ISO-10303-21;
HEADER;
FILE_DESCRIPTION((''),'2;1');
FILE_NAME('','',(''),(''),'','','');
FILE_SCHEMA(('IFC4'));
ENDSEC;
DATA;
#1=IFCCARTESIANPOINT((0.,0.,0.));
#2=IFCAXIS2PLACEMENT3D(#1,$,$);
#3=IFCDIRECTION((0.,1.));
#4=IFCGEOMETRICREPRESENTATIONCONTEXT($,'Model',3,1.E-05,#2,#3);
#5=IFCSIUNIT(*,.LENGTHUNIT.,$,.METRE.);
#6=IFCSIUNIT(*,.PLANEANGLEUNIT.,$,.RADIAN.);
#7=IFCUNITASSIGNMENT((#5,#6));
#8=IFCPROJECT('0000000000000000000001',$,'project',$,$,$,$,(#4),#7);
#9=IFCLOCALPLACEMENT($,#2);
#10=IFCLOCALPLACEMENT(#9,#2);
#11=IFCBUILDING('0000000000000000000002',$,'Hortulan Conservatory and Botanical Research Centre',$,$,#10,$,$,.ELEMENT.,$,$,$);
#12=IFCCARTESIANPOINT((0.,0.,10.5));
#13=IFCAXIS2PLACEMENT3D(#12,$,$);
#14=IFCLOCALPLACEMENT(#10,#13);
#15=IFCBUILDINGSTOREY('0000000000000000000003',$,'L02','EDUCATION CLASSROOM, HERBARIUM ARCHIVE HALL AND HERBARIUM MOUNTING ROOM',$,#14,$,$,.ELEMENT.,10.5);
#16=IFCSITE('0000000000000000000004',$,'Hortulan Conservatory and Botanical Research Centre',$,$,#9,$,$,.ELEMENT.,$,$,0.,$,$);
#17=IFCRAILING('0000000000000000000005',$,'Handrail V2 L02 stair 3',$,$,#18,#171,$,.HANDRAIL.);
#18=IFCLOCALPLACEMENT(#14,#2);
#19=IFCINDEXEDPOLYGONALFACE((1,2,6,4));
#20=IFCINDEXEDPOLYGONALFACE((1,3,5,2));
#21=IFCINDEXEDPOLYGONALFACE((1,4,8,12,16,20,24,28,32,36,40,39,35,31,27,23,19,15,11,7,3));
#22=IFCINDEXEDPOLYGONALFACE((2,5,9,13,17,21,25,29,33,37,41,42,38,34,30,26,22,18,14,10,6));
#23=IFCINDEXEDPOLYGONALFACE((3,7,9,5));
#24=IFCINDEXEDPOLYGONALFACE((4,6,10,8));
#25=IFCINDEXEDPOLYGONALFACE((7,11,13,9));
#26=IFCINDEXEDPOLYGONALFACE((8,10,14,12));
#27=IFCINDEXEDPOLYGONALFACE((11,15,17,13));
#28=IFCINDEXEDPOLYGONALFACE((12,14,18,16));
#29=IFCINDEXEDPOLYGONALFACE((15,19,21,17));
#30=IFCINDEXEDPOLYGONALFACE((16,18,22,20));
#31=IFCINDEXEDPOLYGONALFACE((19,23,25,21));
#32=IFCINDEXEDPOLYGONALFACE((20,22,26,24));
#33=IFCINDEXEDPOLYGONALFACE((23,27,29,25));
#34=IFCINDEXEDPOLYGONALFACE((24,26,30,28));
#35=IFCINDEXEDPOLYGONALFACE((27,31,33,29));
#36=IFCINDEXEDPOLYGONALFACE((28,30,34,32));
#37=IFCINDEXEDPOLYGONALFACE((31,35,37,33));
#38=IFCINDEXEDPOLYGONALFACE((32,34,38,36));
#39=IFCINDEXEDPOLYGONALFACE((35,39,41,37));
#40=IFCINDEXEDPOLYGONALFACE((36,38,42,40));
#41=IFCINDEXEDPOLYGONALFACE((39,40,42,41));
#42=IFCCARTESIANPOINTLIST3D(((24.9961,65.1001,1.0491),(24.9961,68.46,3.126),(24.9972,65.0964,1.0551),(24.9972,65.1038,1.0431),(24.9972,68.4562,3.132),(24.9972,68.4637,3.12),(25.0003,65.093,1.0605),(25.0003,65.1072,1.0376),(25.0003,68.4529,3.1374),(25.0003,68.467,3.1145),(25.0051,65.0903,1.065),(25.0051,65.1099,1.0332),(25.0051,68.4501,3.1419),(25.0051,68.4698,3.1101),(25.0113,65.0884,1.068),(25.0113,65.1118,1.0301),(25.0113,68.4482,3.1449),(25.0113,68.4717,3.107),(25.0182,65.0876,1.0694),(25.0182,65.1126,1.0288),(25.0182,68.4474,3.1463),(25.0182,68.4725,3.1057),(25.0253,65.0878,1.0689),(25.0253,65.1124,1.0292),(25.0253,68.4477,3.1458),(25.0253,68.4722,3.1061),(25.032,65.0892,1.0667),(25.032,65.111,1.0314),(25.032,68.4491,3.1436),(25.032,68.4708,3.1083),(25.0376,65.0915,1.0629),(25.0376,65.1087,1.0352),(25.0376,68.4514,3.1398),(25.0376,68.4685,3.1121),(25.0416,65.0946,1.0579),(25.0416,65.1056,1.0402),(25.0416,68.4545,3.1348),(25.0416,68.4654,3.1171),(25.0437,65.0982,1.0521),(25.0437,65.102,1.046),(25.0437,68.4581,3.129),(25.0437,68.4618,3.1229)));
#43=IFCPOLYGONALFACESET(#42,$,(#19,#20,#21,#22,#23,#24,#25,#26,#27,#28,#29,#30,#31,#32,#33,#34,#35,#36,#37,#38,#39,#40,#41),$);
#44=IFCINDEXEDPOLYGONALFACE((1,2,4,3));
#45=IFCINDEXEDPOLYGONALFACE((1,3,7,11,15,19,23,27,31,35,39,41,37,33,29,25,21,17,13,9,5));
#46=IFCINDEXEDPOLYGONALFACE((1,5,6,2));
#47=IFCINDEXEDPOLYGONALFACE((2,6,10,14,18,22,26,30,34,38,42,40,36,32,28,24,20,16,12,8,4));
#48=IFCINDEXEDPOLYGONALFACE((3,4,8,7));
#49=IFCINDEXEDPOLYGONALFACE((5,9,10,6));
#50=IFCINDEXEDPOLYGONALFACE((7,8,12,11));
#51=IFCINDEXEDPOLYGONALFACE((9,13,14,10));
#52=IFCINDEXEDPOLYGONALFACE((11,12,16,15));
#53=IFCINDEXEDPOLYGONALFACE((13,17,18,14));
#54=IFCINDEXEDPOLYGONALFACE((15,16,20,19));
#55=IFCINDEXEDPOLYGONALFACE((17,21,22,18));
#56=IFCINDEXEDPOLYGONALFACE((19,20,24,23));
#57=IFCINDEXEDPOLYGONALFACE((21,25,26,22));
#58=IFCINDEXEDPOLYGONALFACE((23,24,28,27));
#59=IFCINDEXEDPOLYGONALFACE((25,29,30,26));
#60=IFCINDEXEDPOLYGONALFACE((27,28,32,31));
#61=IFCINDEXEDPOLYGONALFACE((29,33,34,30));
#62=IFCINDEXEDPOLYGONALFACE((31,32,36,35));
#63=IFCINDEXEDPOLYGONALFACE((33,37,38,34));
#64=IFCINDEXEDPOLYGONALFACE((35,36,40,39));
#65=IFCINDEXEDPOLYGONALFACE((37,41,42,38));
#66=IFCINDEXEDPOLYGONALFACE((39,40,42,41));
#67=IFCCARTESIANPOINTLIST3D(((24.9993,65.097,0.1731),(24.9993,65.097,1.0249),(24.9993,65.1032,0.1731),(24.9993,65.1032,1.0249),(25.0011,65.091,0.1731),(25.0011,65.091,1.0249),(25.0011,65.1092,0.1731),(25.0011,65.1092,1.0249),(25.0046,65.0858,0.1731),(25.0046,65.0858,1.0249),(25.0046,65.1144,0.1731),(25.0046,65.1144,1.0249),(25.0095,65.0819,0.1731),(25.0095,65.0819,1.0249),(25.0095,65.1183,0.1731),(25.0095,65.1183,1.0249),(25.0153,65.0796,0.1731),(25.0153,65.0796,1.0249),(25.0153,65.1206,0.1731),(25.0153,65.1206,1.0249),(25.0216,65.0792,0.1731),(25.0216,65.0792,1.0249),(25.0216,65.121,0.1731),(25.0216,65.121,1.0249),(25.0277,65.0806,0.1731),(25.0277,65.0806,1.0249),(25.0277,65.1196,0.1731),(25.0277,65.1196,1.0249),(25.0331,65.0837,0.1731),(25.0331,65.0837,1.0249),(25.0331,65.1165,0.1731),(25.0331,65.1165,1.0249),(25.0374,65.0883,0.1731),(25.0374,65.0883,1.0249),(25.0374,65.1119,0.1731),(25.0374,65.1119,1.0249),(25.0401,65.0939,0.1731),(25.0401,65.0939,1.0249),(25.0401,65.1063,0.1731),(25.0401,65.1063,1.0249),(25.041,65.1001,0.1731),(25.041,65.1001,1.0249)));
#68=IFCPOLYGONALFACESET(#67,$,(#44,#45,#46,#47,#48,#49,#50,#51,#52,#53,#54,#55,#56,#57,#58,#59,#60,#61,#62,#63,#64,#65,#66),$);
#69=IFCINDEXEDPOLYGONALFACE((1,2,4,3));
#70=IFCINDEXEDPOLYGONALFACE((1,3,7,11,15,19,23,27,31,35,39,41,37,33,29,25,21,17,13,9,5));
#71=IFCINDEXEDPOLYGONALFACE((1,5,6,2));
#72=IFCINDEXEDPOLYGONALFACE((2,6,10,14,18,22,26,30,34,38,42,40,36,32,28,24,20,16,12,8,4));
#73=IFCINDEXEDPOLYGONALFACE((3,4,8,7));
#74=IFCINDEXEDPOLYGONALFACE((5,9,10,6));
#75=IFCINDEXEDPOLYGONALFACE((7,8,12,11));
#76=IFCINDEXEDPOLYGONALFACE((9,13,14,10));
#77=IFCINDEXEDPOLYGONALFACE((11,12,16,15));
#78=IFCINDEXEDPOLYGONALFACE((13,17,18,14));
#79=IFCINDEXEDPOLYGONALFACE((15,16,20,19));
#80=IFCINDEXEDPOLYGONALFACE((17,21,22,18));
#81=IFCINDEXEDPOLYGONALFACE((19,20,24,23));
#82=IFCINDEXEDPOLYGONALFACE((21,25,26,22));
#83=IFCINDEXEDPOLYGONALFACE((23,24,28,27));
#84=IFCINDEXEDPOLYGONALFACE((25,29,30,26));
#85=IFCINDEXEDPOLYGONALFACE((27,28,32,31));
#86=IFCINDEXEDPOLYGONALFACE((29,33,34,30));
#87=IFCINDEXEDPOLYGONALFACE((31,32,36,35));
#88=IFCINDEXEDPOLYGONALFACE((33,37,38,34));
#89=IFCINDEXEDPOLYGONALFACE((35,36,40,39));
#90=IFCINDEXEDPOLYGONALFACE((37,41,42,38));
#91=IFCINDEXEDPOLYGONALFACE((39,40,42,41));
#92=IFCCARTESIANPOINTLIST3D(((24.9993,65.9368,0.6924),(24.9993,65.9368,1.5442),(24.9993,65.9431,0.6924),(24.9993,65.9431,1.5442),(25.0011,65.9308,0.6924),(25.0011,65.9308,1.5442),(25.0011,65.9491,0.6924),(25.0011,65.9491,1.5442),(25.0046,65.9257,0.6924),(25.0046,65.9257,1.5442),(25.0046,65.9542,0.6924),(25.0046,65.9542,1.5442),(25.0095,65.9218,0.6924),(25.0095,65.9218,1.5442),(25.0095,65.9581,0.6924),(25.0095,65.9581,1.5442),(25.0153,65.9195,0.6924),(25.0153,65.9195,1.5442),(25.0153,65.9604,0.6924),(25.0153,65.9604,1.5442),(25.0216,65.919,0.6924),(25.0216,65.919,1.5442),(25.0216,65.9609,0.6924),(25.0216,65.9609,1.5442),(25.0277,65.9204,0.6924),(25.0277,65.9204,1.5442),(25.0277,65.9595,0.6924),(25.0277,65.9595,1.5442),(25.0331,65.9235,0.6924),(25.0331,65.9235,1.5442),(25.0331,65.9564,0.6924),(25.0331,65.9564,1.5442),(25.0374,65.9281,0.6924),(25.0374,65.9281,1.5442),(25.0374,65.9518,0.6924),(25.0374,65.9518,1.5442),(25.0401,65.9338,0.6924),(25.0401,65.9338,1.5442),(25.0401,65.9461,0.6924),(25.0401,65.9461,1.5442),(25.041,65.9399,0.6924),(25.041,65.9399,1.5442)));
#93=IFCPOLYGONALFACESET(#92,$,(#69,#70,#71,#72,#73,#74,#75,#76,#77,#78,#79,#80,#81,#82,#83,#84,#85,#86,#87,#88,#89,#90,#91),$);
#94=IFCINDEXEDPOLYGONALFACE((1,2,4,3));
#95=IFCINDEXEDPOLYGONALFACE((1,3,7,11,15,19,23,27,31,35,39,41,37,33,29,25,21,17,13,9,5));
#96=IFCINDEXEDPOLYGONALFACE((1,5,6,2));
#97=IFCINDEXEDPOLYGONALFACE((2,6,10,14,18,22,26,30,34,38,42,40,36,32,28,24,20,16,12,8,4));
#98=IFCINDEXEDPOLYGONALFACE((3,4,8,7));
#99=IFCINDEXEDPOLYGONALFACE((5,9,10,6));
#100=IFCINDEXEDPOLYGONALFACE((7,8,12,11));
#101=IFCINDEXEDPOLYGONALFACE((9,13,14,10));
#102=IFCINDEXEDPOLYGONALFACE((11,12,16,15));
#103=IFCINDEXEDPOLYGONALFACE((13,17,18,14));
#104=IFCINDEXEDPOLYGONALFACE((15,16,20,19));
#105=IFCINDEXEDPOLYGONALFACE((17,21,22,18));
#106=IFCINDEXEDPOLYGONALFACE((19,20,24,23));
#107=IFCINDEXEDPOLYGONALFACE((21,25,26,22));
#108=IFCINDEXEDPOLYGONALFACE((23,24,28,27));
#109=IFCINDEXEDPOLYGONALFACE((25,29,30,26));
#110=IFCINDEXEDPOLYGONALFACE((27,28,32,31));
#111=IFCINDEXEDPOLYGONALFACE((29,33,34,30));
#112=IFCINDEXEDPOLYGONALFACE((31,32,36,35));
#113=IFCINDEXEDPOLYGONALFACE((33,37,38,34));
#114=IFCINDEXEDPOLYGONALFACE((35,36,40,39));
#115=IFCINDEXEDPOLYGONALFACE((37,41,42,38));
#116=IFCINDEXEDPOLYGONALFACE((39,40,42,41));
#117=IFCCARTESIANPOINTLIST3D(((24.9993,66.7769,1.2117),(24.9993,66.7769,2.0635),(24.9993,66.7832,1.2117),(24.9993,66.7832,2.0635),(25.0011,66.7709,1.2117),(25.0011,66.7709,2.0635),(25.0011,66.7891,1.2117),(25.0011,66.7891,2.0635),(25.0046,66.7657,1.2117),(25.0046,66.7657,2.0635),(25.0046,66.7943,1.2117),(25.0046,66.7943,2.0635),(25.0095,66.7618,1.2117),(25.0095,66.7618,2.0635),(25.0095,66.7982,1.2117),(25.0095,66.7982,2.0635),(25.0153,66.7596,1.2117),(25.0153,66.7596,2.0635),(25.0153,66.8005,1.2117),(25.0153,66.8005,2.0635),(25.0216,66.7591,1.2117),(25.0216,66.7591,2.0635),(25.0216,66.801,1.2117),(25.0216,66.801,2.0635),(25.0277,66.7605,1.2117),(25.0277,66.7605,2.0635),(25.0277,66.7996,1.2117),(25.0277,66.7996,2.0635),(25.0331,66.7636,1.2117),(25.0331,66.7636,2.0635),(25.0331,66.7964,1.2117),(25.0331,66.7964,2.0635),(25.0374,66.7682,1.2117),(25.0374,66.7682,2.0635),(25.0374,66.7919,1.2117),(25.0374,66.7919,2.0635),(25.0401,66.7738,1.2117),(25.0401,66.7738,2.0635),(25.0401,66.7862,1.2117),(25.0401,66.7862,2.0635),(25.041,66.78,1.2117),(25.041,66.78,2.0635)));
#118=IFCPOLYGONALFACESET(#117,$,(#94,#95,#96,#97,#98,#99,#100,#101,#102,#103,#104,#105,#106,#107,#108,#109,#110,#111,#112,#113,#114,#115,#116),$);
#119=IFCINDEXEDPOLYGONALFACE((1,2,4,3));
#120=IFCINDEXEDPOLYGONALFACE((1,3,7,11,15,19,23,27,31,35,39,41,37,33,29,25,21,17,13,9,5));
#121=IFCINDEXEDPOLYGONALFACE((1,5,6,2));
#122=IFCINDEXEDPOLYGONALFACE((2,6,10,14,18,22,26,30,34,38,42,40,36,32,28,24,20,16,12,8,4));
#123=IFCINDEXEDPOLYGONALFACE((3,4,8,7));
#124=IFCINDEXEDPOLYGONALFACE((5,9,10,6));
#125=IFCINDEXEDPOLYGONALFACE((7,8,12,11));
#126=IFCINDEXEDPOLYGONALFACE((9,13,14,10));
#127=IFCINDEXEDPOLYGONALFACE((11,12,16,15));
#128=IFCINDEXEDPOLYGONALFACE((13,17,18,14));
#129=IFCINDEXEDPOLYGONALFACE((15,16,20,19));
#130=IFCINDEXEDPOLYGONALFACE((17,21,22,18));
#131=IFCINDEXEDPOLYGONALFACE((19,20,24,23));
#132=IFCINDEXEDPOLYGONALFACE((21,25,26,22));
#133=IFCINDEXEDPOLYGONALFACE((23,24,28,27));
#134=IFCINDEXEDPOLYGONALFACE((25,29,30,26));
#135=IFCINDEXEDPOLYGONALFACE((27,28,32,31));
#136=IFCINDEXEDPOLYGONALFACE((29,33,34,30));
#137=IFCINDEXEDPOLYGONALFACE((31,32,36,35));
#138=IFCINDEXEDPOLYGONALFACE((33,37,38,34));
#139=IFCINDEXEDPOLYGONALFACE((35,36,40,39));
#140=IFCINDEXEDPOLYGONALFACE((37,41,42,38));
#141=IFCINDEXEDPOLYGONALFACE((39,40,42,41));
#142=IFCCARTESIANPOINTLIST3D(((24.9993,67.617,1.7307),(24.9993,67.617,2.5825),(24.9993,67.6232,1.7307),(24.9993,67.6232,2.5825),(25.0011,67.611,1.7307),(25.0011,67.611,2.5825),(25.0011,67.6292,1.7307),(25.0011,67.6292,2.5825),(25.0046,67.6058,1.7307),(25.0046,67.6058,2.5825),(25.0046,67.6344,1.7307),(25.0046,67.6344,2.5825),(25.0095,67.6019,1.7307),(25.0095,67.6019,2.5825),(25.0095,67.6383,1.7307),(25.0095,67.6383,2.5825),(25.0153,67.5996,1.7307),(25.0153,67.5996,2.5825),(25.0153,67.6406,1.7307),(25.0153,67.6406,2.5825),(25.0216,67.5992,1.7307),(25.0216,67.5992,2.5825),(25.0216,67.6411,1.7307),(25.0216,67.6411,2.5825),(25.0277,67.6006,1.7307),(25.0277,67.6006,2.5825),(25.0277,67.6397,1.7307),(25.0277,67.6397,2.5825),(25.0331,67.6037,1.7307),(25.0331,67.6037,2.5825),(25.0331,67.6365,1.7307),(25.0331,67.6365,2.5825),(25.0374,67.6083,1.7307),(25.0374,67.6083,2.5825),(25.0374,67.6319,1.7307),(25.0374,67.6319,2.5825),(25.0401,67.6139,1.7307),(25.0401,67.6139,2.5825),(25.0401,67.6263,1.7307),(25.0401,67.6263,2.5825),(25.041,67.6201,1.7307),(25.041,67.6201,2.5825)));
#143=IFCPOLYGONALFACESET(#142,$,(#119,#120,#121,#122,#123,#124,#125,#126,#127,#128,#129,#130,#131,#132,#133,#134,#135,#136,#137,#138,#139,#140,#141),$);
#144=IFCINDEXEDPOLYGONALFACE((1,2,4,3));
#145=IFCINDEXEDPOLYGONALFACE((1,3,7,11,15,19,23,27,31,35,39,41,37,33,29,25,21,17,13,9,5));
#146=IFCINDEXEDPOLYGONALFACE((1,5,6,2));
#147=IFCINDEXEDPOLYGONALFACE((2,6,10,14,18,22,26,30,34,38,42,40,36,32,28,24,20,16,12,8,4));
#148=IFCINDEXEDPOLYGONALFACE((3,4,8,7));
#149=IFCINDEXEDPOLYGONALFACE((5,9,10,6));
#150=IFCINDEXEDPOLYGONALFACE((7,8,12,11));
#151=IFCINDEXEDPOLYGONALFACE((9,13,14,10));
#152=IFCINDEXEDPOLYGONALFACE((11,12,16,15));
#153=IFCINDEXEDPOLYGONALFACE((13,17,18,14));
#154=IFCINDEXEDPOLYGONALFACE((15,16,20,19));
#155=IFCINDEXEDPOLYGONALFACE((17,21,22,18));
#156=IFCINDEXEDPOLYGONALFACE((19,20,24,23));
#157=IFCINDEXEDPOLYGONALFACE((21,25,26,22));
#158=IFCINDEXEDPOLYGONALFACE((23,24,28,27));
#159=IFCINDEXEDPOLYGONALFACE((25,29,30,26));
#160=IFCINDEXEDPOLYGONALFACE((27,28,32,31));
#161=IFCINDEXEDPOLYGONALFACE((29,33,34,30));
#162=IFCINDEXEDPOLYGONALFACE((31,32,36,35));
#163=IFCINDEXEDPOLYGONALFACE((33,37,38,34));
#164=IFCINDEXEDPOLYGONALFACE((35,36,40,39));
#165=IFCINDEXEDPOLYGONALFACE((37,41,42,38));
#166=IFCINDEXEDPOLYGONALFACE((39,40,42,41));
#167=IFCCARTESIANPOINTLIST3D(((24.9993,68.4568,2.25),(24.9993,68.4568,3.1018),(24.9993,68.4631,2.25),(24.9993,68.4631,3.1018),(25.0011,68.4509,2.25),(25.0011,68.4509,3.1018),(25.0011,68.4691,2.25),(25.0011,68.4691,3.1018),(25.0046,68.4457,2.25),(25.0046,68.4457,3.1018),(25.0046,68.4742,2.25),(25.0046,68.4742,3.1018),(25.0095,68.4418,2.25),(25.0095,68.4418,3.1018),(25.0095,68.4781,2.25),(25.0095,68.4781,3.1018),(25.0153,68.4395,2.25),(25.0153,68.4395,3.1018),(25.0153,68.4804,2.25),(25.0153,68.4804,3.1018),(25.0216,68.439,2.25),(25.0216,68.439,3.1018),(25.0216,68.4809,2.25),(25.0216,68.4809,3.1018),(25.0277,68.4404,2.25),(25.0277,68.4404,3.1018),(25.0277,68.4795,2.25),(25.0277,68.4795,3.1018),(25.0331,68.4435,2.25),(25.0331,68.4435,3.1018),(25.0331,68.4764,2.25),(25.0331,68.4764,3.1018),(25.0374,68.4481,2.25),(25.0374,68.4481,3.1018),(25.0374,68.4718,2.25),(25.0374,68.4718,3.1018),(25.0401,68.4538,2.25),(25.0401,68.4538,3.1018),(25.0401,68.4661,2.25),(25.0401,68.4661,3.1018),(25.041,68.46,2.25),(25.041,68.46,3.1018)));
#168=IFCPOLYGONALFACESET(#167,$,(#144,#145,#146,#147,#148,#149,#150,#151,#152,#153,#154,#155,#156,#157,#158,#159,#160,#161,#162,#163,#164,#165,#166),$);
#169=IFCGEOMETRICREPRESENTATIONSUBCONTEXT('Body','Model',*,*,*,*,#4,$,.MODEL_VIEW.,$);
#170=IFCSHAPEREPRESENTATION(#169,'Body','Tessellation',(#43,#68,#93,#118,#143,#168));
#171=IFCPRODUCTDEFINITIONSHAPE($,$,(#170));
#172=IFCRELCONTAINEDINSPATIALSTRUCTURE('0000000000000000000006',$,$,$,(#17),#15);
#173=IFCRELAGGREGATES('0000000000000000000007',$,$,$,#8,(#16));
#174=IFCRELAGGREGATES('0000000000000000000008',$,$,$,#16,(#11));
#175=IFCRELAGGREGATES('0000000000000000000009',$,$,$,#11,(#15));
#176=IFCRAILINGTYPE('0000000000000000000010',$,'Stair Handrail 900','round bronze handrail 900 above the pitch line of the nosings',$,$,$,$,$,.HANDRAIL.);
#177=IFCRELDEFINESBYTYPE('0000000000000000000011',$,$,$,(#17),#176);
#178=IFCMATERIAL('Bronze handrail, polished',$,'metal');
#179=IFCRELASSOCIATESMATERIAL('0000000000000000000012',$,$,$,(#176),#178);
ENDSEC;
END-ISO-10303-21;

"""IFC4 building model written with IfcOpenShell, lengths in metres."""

from ifc_helpers import new_model, si_unit, direction, frame, origin, origin_2d, place, context, subcontext, project, spatial, circle, extrude, material, type_object, element, save


model = new_model("IFC4")

# Units and contexts
model_context = context("Model", 3, precision=1e-05, world=origin(), true_north=direction((0.0, 1.0)))
body_context = subcontext(model_context, "Body", "Model", "MODEL_VIEW")
ifc_project = project(units=[si_unit("LENGTHUNIT", "METRE"), si_unit("PLANEANGLEUNIT", "RADIAN")], contexts=[model_context])

# Site, building, storey
site_placement = place(None, origin())
site = spatial("IfcSite", under=ifc_project, at=site_placement, Name="Hortulan Conservatory and Botanical Research Centre", CompositionType="ELEMENT", RefElevation=0.0)
building_placement = place(site_placement, origin())
building = spatial("IfcBuilding", under=site, at=building_placement, Name="Hortulan Conservatory and Botanical Research Centre", CompositionType="ELEMENT")
storey_placement = place(building_placement, frame((0.0, 0.0, 10.5)))
storey = spatial("IfcBuildingStorey", under=building, at=storey_placement, Name="L02", Description="EDUCATION CLASSROOM, HERBARIUM ARCHIVE HALL AND HERBARIUM MOUNTING ROOM", CompositionType="ELEMENT", Elevation=10.5)

# Railing
ifc_material_1 = material(Name="Bronze handrail, polished", Category="metal")
railing_type_1 = type_object("IfcRailingType", Name="Stair Handrail 900", Description="round bronze handrail 900 above the pitch line of the nosings", PredefinedType="HANDRAIL", material=ifc_material_1)
for number, where, name in (
    (1, (25.02, 65.1001, 0.1731), "Handrail V2 L02 stair 3"),
):
    element("IfcRailing", number, at=place(storey_placement, frame(where)), inside=storey, type_object=railing_type_1, Name=name, PredefinedType="HANDRAIL", context=body_context, shape_type="SweptSolid", body=[
        extrude(circle(Radius=0.0239, at=origin_2d()), frame((0.0, 0.0, 0.876), z_axis=(0.0, 0.850606, 0.525803), x_axis=(-1.0, 0.0, 0.0)), (0.0, 0.0, 1.0), 3.95),
        extrude(circle(Radius=0.021, at=origin_2d()), origin(), (0.0, 0.0, 1.0), 0.8518),
        extrude(circle(Radius=0.021, at=origin_2d()), frame((0.0, 0.8398, 0.5193)), (0.0, 0.0, 1.0), 0.8518),
        extrude(circle(Radius=0.021, at=origin_2d()), frame((0.0, 1.6799, 1.0386)), (0.0, 0.0, 1.0), 0.8518),
        extrude(circle(Radius=0.021, at=origin_2d()), frame((0.0, 2.52, 1.5576)), (0.0, 0.0, 1.0), 0.8518),
        extrude(circle(Radius=0.021, at=origin_2d()), frame((0.0, 3.3599, 2.0769)), (0.0, 0.0, 1.0), 0.8518),
    ])

save(model, "model.ifc")
